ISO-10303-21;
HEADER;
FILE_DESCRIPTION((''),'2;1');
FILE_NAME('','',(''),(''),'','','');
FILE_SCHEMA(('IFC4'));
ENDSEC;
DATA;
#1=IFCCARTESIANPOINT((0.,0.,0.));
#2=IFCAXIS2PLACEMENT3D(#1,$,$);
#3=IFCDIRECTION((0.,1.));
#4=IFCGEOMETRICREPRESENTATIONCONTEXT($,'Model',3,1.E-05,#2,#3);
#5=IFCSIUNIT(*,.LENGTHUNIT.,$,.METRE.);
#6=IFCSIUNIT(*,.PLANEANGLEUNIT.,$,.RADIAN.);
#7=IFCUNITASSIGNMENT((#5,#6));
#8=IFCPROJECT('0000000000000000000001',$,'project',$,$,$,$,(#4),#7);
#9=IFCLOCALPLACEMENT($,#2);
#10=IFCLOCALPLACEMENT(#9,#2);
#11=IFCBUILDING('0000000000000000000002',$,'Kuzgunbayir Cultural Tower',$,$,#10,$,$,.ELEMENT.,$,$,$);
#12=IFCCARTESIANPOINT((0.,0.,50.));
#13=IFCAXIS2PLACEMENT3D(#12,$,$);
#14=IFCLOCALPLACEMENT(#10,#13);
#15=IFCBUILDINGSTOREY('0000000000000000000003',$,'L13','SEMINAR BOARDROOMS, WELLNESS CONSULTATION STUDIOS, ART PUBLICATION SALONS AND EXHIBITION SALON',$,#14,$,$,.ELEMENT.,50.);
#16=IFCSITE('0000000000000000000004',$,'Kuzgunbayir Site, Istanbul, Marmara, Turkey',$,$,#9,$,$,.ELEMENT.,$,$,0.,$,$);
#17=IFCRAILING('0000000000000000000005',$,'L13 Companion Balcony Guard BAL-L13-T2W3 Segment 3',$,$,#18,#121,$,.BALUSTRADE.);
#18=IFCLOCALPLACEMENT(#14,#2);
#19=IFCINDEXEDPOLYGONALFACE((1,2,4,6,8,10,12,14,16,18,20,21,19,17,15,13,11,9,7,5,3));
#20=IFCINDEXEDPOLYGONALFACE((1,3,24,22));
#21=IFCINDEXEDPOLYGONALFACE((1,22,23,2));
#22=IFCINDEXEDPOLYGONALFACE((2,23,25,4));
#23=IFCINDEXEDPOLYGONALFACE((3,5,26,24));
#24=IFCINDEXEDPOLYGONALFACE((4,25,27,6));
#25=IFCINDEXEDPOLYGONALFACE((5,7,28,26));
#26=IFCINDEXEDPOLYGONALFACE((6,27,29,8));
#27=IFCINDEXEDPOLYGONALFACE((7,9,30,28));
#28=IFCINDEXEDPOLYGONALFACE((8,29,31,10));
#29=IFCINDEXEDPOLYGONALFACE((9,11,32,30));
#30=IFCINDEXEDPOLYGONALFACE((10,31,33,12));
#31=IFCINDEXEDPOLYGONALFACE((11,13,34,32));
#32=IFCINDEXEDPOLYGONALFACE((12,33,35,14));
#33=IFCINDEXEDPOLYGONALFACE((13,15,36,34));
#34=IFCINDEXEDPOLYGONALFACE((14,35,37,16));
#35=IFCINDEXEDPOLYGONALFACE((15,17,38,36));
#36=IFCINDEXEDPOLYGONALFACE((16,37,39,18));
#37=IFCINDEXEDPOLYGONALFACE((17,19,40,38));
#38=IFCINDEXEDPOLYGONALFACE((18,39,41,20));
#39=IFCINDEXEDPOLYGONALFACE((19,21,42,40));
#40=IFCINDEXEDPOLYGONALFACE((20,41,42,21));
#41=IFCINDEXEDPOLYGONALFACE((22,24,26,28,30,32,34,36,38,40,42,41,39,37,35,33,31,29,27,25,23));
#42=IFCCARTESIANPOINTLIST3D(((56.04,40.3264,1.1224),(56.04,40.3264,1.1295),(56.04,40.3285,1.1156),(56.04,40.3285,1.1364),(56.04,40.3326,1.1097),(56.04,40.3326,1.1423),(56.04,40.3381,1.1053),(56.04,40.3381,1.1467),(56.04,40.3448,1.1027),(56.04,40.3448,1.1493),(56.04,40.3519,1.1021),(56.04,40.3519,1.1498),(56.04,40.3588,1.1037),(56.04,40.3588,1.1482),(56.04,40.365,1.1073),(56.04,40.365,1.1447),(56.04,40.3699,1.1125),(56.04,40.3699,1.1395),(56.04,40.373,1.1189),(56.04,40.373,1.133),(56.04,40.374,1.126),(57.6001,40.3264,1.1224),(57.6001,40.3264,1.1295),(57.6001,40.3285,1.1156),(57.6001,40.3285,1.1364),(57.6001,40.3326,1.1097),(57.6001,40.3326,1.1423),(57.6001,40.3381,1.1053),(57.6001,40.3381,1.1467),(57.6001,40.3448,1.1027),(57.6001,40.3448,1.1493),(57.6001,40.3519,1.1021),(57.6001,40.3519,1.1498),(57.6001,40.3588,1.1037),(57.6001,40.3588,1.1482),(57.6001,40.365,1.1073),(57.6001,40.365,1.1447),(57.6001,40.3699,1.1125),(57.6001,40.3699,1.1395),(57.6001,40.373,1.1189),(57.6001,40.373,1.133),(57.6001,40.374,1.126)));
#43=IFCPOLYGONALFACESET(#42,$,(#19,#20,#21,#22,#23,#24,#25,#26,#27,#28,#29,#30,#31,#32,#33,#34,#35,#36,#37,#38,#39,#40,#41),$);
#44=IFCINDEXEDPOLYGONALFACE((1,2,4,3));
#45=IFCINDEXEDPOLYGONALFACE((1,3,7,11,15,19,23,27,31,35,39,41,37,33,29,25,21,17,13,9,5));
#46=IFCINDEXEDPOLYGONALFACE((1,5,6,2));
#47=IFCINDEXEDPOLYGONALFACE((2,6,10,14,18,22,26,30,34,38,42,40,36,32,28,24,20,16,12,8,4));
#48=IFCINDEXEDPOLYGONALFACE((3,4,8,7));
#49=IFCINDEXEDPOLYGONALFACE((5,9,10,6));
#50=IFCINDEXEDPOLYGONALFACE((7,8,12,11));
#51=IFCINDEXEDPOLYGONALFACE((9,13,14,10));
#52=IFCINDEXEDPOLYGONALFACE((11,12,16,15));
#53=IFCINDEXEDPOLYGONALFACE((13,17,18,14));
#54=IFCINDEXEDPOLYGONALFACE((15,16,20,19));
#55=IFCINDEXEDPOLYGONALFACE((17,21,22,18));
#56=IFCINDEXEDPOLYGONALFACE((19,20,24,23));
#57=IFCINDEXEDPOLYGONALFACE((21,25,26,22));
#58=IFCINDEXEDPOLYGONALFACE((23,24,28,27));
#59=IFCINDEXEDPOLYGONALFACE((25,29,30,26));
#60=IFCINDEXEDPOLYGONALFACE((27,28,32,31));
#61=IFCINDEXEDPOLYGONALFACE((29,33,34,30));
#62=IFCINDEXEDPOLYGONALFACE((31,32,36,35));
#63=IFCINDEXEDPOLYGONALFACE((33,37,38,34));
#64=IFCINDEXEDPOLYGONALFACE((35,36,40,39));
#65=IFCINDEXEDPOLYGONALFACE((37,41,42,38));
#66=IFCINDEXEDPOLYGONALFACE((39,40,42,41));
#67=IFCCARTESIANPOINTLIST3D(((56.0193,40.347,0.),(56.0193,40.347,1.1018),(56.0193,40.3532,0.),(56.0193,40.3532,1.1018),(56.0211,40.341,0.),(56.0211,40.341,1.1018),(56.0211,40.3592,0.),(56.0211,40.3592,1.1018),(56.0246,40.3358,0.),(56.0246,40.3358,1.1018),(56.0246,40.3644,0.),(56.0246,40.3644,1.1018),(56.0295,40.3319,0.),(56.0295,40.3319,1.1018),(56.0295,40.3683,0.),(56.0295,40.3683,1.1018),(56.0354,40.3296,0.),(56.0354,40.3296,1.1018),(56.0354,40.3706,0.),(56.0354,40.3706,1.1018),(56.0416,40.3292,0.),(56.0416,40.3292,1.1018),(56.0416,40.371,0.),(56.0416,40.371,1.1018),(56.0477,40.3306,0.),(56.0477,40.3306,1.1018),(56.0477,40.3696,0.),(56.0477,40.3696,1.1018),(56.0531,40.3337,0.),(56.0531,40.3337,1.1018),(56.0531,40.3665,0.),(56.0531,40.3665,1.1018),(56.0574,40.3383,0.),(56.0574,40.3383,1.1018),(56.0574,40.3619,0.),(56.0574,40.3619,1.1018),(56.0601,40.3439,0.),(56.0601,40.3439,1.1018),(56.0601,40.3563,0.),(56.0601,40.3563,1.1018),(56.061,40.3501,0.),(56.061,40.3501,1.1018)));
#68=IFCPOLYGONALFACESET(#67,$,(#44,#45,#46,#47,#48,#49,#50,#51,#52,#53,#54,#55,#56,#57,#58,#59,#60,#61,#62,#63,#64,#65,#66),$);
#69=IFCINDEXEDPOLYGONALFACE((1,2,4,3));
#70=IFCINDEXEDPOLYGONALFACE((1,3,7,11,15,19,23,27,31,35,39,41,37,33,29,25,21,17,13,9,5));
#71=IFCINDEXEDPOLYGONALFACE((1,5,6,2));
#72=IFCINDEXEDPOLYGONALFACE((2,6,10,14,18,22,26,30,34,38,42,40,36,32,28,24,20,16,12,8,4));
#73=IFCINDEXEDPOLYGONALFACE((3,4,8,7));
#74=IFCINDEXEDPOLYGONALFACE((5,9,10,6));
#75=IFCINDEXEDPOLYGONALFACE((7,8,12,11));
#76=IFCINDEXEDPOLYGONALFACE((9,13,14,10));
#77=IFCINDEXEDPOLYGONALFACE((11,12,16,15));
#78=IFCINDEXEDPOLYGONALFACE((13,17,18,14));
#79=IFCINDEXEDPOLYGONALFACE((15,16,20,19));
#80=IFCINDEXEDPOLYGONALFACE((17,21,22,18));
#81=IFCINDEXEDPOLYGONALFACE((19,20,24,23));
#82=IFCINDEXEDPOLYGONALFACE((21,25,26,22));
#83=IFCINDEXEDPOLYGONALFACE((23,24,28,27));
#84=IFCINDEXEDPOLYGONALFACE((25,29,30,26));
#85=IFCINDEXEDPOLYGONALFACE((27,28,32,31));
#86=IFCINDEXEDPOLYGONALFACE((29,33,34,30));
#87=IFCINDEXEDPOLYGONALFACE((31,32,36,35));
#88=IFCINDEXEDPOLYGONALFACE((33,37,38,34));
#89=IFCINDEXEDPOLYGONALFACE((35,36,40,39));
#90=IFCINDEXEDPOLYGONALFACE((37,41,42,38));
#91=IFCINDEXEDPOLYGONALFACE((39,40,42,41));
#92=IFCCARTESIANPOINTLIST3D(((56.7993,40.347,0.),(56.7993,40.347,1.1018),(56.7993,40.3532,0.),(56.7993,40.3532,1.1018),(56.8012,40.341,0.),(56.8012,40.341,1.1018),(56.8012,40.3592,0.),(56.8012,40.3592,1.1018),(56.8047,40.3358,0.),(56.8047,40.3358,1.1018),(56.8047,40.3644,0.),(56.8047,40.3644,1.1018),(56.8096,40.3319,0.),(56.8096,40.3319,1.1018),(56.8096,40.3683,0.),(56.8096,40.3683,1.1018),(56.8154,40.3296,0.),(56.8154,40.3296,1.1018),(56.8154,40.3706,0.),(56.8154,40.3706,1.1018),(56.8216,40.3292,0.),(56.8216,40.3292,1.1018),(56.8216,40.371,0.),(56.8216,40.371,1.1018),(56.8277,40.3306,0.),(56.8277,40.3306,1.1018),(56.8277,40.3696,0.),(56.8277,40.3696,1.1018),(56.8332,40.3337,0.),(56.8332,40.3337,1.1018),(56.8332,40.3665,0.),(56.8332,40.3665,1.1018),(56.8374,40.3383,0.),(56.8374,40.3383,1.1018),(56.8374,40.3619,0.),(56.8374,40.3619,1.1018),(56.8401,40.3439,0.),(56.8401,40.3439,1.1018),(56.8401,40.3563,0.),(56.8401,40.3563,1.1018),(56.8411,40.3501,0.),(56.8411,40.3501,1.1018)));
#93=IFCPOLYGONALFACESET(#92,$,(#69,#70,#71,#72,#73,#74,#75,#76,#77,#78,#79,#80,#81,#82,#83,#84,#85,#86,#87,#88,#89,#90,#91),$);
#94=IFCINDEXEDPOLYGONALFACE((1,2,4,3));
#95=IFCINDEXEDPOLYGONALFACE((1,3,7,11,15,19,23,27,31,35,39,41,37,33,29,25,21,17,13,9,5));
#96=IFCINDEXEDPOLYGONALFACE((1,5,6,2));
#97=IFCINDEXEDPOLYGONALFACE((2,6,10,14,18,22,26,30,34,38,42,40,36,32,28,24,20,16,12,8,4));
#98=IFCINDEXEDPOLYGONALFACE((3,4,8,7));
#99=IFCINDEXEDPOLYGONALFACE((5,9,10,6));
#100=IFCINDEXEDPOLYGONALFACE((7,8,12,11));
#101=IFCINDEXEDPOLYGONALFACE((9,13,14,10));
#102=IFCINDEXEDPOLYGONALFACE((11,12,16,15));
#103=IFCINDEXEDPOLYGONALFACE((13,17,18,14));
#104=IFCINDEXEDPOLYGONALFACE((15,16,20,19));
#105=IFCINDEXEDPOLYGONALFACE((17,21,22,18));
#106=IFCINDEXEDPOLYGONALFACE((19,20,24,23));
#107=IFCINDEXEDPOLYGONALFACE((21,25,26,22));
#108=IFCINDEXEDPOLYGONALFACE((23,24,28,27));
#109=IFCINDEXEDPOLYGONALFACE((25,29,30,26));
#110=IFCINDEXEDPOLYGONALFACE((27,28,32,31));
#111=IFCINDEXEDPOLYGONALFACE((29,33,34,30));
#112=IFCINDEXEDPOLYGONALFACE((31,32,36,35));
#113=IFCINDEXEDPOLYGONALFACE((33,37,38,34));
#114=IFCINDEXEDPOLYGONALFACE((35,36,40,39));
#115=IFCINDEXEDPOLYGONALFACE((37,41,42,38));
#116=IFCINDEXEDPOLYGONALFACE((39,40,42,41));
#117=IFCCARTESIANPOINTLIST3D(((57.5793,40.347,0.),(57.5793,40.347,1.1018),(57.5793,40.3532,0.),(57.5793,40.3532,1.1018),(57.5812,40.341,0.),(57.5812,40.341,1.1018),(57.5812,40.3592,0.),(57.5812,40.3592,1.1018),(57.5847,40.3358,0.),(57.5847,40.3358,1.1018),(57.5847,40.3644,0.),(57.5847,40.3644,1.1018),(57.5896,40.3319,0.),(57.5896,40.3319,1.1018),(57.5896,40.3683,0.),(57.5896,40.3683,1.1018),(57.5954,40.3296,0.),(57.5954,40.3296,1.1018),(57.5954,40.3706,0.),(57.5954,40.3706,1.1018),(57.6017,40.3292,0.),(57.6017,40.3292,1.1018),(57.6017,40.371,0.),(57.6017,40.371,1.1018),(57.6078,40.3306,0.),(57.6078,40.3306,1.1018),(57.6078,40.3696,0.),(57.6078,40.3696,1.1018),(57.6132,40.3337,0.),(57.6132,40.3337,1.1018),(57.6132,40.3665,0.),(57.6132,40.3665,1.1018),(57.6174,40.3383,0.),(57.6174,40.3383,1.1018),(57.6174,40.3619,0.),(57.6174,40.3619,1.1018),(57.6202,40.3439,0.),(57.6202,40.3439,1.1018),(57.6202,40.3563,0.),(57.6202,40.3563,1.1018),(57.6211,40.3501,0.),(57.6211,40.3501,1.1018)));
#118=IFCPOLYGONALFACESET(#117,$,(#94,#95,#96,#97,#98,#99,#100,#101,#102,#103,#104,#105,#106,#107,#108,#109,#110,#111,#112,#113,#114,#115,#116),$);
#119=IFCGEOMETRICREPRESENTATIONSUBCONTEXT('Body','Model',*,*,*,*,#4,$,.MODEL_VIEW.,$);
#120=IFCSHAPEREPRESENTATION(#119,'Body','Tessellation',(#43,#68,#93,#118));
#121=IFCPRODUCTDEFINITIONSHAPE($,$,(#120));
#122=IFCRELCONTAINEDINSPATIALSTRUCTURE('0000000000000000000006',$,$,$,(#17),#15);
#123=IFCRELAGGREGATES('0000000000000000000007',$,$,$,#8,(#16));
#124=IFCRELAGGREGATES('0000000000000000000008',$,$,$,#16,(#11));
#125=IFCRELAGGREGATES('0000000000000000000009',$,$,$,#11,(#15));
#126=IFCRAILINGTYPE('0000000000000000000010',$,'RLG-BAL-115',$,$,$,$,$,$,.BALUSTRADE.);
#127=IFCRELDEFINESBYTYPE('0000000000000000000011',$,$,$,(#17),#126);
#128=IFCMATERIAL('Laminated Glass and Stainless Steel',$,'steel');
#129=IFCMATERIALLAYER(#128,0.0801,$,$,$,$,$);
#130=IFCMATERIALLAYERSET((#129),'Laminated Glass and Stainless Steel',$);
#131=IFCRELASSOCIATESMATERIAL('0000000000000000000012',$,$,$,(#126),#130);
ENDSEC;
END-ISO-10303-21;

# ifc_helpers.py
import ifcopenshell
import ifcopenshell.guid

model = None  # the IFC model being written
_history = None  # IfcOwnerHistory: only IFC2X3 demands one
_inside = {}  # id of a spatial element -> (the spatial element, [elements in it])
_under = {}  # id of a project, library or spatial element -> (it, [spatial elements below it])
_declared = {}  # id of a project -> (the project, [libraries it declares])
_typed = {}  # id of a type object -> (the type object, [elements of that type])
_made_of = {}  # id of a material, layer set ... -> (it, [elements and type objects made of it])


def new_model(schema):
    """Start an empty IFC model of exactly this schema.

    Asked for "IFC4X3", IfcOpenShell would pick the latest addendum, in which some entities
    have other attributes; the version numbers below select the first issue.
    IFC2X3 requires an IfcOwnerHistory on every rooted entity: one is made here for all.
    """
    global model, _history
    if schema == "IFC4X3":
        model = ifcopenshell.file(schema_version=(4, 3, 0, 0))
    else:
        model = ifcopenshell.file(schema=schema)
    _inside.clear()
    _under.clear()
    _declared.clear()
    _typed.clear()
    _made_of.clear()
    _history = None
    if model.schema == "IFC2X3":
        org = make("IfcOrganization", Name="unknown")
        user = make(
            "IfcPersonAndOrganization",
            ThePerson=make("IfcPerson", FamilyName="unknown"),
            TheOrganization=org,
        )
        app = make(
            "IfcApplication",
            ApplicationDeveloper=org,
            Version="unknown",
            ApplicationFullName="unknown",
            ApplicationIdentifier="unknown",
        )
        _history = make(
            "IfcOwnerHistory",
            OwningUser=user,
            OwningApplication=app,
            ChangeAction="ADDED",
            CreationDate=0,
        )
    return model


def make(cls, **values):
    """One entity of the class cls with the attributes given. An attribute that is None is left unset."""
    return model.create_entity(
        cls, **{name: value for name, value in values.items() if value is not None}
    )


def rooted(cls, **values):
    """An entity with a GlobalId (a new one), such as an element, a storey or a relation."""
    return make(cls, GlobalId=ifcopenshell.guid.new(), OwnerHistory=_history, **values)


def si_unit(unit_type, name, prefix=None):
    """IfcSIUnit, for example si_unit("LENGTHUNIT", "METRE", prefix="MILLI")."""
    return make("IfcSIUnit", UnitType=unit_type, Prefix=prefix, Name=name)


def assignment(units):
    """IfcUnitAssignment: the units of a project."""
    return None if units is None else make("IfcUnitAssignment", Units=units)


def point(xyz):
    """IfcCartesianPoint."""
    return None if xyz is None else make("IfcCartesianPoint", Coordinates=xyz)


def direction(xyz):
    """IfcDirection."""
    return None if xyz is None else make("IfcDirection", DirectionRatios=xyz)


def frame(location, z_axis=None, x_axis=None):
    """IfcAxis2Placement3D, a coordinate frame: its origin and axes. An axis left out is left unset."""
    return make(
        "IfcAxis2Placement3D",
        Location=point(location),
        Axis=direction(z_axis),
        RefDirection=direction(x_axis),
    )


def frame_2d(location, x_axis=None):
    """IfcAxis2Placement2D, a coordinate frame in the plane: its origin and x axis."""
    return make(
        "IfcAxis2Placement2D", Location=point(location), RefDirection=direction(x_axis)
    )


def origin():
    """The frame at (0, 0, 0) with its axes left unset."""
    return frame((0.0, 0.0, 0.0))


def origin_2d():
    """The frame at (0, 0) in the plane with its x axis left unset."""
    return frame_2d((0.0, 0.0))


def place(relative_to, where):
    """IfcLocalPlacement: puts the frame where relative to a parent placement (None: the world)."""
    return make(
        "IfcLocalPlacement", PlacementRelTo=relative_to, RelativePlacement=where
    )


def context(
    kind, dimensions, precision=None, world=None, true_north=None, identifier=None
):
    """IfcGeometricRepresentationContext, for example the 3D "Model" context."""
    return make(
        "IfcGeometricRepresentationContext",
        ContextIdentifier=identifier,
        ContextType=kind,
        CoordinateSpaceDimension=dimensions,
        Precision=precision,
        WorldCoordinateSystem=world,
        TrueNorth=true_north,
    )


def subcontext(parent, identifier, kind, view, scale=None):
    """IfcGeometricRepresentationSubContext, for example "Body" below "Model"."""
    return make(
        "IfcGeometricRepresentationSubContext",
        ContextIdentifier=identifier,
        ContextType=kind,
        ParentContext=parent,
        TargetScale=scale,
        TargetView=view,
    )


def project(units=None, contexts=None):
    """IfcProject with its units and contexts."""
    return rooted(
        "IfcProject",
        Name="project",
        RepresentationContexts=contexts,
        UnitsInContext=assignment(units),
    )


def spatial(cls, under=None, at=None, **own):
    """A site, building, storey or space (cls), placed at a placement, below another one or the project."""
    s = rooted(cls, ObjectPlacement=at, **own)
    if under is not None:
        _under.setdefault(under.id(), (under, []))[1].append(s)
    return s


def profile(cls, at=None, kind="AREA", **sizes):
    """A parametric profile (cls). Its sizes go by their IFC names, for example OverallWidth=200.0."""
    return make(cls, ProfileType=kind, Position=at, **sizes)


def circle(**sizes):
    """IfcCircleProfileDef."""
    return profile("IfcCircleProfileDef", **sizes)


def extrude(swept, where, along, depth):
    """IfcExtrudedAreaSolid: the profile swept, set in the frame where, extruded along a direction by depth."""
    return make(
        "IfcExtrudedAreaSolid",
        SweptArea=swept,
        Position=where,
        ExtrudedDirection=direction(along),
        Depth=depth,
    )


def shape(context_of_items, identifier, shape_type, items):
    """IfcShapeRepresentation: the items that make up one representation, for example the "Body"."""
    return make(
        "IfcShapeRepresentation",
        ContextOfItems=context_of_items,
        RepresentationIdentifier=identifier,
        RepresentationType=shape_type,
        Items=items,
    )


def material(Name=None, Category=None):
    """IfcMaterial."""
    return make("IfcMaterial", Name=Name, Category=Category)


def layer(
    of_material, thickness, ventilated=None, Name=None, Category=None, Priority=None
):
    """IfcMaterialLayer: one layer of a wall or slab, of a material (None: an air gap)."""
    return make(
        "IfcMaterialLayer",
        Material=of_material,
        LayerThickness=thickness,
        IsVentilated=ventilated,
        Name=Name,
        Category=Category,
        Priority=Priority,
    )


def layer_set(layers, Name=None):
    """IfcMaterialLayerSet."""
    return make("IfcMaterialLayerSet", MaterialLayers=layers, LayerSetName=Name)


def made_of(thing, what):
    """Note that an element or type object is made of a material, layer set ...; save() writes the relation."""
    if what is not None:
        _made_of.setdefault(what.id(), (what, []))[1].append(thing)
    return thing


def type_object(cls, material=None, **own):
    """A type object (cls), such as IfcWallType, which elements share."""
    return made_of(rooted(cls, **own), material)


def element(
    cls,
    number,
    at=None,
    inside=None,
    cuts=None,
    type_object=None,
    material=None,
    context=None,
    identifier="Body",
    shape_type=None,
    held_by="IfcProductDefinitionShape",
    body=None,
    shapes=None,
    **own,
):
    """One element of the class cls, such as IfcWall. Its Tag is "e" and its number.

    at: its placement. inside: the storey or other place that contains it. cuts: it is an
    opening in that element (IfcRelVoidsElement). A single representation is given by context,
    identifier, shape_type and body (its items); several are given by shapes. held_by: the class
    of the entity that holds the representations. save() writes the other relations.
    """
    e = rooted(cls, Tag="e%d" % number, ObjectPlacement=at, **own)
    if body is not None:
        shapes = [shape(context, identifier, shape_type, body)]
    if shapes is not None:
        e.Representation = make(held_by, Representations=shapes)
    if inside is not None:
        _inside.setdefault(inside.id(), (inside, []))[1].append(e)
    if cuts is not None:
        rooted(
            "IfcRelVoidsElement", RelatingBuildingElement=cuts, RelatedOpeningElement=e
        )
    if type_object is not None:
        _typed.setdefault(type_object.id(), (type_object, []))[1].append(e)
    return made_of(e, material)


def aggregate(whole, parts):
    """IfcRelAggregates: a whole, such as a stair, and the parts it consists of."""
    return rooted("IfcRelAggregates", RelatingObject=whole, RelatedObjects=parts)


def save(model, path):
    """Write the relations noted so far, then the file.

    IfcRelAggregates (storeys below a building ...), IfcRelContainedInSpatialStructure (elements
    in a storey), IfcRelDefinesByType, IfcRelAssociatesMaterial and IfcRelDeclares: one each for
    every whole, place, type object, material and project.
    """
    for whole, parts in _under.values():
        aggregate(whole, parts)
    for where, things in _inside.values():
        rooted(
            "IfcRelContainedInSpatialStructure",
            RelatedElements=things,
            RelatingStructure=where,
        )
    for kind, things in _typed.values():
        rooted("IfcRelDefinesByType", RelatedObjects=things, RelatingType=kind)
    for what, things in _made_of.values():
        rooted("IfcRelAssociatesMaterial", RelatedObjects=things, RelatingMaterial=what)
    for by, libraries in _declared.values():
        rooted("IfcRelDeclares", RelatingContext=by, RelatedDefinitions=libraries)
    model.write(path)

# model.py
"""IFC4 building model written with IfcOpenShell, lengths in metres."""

from ifc_helpers import new_model, si_unit, direction, frame, origin, origin_2d, place, context, subcontext, project, spatial, circle, extrude, material, layer, layer_set, type_object, element, save


model = new_model("IFC4")

# Units and contexts
model_context = context("Model", 3, precision=1e-05, world=origin(), true_north=direction((0.0, 1.0)))
body_context = subcontext(model_context, "Body", "Model", "MODEL_VIEW")
ifc_project = project(units=[si_unit("LENGTHUNIT", "METRE"), si_unit("PLANEANGLEUNIT", "RADIAN")], contexts=[model_context])

# Site, building, storey
site_placement = place(None, origin())
site = spatial("IfcSite", under=ifc_project, at=site_placement, Name="Kuzgunbayir Site, Istanbul, Marmara, Turkey", CompositionType="ELEMENT", RefElevation=0.0)
building_placement = place(site_placement, origin())
building = spatial("IfcBuilding", under=site, at=building_placement, Name="Kuzgunbayir Cultural Tower", CompositionType="ELEMENT")
storey_placement = place(building_placement, frame((0.0, 0.0, 50.0)))
storey = spatial("IfcBuildingStorey", under=building, at=storey_placement, Name="L13", Description="SEMINAR BOARDROOMS, WELLNESS CONSULTATION STUDIOS, ART PUBLICATION SALONS AND EXHIBITION SALON", CompositionType="ELEMENT", Elevation=50.0)

# Railing
ifc_material_1 = material(Name="Laminated Glass and Stainless Steel", Category="steel")
ifc_layer_1 = layer(ifc_material_1, 0.0801)
ifc_layer_set_1 = layer_set([ifc_layer_1], Name="Laminated Glass and Stainless Steel")
railing_type = type_object("IfcRailingType", Name="RLG-BAL-115", PredefinedType="BALUSTRADE", material=ifc_layer_set_1)
railing_1_placement = place(storey_placement, frame((56.04, 40.3501, 0.0)))
element("IfcRailing", 1, at=railing_1_placement, inside=storey, type_object=railing_type, Name="L13 Companion Balcony Guard BAL-L13-T2W3 Segment 3", PredefinedType="BALUSTRADE", context=body_context, shape_type="SweptSolid", body=[
    extrude(circle(Radius=0.0239, at=origin_2d()), frame((0.0, 0.0, 1.126), z_axis=(1.0, 0.0, 0.0), x_axis=(0.0, 1.0, 0.0)), (0.0, 0.0, 1.0), 1.5601),
    extrude(circle(Radius=0.021, at=origin_2d()), origin(), (0.0, 0.0, 1.0), 1.1018),
    extrude(circle(Radius=0.021, at=origin_2d()), frame((0.78, 0.0, 0.0)), (0.0, 0.0, 1.0), 1.1018),
    extrude(circle(Radius=0.021, at=origin_2d()), frame((1.5601, 0.0, 0.0)), (0.0, 0.0, 1.0), 1.1018),
])

save(model, "model.ifc")
